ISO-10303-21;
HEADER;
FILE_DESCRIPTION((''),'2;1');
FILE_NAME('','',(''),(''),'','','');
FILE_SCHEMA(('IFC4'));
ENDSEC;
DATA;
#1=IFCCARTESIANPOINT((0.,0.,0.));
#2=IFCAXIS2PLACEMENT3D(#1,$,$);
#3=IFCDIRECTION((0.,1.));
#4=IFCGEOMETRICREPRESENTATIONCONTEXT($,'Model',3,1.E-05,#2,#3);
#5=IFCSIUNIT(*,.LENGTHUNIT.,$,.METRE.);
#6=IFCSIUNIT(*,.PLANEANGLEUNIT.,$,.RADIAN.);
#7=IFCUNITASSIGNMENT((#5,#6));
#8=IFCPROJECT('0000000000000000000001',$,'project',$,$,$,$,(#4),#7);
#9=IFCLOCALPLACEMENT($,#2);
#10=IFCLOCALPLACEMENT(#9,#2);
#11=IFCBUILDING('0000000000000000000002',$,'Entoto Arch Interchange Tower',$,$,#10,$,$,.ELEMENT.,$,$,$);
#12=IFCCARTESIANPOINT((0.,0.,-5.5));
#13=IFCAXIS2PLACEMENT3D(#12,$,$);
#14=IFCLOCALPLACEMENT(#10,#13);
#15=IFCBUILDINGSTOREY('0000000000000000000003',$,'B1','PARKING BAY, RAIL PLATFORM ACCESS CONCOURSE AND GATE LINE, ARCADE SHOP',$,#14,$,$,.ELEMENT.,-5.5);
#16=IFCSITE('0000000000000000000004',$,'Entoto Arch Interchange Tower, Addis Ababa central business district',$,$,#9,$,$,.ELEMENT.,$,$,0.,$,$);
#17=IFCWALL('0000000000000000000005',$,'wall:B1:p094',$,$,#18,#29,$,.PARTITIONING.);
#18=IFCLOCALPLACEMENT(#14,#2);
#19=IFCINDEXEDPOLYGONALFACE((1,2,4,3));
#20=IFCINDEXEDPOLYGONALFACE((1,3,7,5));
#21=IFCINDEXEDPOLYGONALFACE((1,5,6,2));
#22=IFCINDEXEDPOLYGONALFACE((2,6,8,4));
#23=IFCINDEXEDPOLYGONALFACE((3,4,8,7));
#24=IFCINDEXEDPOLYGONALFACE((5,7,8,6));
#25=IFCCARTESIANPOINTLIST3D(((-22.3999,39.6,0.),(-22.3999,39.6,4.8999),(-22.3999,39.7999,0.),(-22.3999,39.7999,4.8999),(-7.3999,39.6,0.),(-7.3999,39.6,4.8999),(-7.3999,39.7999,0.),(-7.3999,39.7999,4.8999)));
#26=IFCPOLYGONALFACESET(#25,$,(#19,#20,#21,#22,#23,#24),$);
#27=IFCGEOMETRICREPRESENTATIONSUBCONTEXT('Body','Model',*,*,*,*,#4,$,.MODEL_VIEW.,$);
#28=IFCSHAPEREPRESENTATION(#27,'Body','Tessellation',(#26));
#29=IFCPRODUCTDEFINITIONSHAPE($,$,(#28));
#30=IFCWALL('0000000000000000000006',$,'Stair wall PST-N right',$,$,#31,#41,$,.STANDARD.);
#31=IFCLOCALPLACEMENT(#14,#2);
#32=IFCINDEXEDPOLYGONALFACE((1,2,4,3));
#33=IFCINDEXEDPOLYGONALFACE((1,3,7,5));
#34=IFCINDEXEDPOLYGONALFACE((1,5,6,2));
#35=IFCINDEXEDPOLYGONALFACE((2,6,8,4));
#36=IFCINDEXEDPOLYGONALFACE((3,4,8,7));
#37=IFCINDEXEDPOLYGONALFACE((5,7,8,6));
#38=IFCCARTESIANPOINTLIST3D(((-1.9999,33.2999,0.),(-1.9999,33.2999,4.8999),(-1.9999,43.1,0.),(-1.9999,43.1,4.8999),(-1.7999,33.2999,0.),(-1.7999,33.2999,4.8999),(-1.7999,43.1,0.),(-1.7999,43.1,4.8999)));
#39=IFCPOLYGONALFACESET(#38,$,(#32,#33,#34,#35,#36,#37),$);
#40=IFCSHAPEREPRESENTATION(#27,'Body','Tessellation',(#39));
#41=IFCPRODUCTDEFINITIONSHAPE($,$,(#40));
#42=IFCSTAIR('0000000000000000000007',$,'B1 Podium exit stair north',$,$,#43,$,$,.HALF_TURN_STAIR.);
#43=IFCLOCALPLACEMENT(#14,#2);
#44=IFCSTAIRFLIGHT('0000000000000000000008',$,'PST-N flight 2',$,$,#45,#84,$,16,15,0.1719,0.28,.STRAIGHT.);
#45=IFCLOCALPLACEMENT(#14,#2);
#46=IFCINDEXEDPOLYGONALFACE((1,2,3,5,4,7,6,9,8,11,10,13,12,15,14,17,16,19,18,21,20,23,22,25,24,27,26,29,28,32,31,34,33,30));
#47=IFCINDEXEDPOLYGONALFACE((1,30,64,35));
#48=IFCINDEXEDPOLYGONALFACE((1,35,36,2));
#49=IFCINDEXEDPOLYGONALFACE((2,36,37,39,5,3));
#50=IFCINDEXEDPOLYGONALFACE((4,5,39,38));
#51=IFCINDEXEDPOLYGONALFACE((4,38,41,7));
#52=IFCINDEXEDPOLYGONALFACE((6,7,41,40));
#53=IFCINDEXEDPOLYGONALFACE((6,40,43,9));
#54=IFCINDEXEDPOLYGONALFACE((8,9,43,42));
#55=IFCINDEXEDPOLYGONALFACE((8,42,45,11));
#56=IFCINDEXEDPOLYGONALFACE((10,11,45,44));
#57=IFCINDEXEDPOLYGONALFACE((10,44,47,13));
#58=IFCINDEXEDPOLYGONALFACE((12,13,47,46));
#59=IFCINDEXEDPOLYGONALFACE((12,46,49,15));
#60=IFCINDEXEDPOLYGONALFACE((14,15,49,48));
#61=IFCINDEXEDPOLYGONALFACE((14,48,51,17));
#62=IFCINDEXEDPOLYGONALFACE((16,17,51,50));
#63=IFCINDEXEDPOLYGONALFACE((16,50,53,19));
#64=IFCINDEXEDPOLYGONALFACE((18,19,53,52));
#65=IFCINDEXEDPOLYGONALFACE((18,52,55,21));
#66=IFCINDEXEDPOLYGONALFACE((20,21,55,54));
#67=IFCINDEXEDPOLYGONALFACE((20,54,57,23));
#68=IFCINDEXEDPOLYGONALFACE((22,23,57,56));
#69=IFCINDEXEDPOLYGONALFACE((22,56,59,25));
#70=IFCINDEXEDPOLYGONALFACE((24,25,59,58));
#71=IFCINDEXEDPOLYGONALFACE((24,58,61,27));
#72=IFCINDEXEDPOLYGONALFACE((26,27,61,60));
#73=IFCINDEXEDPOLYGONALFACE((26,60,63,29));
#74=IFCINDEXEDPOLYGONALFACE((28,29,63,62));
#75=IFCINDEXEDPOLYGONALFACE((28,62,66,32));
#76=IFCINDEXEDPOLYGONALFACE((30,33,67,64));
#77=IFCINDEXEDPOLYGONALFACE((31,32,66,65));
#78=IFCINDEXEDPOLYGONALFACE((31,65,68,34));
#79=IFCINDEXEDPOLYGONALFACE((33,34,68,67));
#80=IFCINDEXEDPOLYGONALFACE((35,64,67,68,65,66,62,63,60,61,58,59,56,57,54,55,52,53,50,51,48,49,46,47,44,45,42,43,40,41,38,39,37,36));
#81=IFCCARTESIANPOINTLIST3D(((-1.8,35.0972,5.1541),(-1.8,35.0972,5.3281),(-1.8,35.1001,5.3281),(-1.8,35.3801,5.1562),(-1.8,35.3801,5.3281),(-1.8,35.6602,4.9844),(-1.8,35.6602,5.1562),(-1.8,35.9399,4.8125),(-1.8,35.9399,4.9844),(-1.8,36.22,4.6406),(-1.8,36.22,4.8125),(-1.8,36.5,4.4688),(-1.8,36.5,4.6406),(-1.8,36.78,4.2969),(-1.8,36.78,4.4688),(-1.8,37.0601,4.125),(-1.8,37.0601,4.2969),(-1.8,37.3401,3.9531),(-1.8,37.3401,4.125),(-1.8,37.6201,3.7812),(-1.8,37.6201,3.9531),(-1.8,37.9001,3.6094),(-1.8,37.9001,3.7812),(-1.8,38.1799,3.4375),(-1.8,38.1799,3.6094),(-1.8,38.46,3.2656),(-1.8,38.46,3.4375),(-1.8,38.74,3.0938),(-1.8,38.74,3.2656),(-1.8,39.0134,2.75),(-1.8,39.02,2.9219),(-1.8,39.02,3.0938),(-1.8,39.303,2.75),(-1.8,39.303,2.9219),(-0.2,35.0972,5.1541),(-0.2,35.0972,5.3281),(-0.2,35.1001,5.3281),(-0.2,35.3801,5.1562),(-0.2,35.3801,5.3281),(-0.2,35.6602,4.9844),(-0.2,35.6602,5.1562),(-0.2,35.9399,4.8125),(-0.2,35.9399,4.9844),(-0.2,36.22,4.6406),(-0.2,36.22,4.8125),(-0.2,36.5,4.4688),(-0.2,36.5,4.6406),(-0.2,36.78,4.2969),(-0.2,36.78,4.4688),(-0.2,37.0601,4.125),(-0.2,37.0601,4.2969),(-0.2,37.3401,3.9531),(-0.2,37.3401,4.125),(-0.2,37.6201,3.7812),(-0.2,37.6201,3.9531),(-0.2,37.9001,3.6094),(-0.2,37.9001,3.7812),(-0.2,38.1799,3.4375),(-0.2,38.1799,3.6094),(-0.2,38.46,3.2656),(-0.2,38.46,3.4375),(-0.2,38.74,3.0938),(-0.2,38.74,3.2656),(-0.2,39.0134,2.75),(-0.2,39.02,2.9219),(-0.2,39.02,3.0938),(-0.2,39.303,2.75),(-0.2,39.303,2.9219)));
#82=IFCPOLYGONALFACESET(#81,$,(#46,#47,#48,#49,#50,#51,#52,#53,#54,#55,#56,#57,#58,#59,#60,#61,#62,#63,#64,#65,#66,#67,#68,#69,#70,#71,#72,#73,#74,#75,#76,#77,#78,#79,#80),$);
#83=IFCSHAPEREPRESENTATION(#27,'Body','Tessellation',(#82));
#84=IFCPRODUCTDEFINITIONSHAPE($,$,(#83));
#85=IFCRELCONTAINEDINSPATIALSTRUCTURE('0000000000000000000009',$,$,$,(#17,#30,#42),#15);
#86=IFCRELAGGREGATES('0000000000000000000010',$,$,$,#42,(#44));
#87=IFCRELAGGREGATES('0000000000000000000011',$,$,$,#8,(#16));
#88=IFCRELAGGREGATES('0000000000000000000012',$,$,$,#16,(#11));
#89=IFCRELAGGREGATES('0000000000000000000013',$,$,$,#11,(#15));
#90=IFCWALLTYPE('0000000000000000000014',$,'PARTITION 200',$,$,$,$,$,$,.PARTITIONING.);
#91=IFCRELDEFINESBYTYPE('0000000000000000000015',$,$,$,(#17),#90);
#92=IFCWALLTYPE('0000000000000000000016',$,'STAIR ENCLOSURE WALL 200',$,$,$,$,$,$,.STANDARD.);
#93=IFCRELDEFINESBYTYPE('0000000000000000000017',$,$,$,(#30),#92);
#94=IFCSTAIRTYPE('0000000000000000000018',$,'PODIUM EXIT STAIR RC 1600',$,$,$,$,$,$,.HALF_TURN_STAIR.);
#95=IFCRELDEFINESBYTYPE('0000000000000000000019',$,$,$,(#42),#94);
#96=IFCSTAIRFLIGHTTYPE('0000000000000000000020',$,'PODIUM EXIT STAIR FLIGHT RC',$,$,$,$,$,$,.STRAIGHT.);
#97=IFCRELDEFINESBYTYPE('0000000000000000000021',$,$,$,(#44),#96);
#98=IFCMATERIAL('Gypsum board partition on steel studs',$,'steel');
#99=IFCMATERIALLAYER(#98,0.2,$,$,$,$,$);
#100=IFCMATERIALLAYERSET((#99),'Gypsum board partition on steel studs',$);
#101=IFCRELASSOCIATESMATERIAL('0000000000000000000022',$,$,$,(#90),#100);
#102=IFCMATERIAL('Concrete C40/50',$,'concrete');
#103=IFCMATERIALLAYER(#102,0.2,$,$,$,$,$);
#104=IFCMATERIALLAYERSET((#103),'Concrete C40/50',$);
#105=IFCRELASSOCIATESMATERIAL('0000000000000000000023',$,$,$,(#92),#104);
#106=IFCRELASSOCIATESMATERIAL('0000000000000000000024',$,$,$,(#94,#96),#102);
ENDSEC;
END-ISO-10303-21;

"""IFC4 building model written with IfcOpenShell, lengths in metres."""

from ifc_helpers import new_model, si_unit, direction, frame, frame_2d, origin, place, context, subcontext, project, spatial, polyline, rectangle, outline, extrude, material, layer, layer_set, type_object, element, aggregate, save


model = new_model("IFC4")

# Units and contexts
model_context = context("Model", 3, precision=1e-05, world=origin(), true_north=direction((0.0, 1.0)))
body_context = subcontext(model_context, "Body", "Model", "MODEL_VIEW")
ifc_project = project(units=[si_unit("LENGTHUNIT", "METRE"), si_unit("PLANEANGLEUNIT", "RADIAN")], contexts=[model_context])

# Site, building, storey
site_placement = place(None, origin())
site = spatial("IfcSite", under=ifc_project, at=site_placement, Name="Entoto Arch Interchange Tower, Addis Ababa central business district", CompositionType="ELEMENT", RefElevation=0.0)
building_placement = place(site_placement, origin())
building = spatial("IfcBuilding", under=site, at=building_placement, Name="Entoto Arch Interchange Tower", CompositionType="ELEMENT")
storey_placement = place(building_placement, frame((0.0, 0.0, -5.5)))
storey = spatial("IfcBuildingStorey", under=building, at=storey_placement, Name="B1", Description="PARKING BAY, RAIL PLATFORM ACCESS CONCOURSE AND GATE LINE, ARCADE SHOP", CompositionType="ELEMENT", Elevation=-5.5)

# Shared definitions
ifc_material_1 = material(Name="Gypsum board partition on steel studs", Category="steel")

# Shared definitions
ifc_layer_1 = layer(ifc_material_1, 0.2)
ifc_layer_set_1 = layer_set([ifc_layer_1], Name="Gypsum board partition on steel studs")
wall_type_1 = type_object("IfcWallType", Name="PARTITION 200", PredefinedType="PARTITIONING", material=ifc_layer_set_1)

# Walls
wall_1_placement = place(storey_placement, frame((-7.3999, 39.7, 0.0), z_axis=(0.0, 0.0, 1.0), x_axis=(-1.0, 0.0, 0.0)))
element("IfcWall", 1, at=wall_1_placement, inside=storey, type_object=wall_type_1, Name="wall:B1:p094", PredefinedType="PARTITIONING", context=body_context, shape_type="SweptSolid", body=[
    extrude(rectangle(XDim=15.0, YDim=0.2, at=frame_2d((7.5, 0.0))), origin(), (0.0, 0.0, 1.0), 4.8999),
])
ifc_material_2 = material(Name="Concrete C40/50", Category="concrete")
ifc_layer_2 = layer(ifc_material_2, 0.2)
ifc_layer_set_2 = layer_set([ifc_layer_2], Name="Concrete C40/50")
wall_type_2 = type_object("IfcWallType", Name="STAIR ENCLOSURE WALL 200", PredefinedType="STANDARD", material=ifc_layer_set_2)
wall_2_placement = place(storey_placement, frame((-1.8999, 33.3, 0.0), z_axis=(0.0, 0.0, 1.0), x_axis=(0.0, 1.0, 0.0)))
element("IfcWall", 2, at=wall_2_placement, inside=storey, type_object=wall_type_2, Name="Stair wall PST-N right", PredefinedType="STANDARD", context=body_context, shape_type="SweptSolid", body=[
    extrude(rectangle(XDim=9.8, YDim=0.2, at=frame_2d((4.8999, 0.0))), origin(), (0.0, 0.0, 1.0), 4.8999),
])

# Stair, stair flight
stair_type = type_object("IfcStairType", Name="PODIUM EXIT STAIR RC 1600", PredefinedType="HALF_TURN_STAIR", material=ifc_material_2)
stair_placement = place(storey_placement, origin())
stair = element("IfcStair", 3, at=stair_placement, inside=storey, type_object=stair_type, Name="B1 Podium exit stair north", PredefinedType="HALF_TURN_STAIR")
stair_flight_type = type_object("IfcStairFlightType", Name="PODIUM EXIT STAIR FLIGHT RC", PredefinedType="STRAIGHT", material=ifc_material_2)
stair_flight_placement = place(storey_placement, frame((-1.0, 39.3, 2.75), z_axis=(0.0, 0.0, 1.0), x_axis=(0.0, -1.0, 0.0)))
stair_flight = element("IfcStairFlight", 4, at=stair_flight_placement, type_object=stair_flight_type, Name="PST-N flight 2", NumberOfRisers=16, NumberOfTreads=15, PredefinedType="STRAIGHT", RiserHeight=0.1719, TreadLength=0.28, context=body_context, shape_type="SweptSolid", body=[
    extrude(outline(polyline([(-0.0029, 0.0), (-0.0029, 0.1719), (0.28, 0.1719), (0.28, 0.3438), (0.5601, 0.3438), (0.5601, 0.5156), (0.8401, 0.5156), (0.8401, 0.6875), (1.1201, 0.6875), (1.1201, 0.8594), (1.3999, 0.8594), (1.3999, 1.0312), (1.6799, 1.0312), (1.6799, 1.2031), (1.96, 1.2031), (1.96, 1.375), (2.24, 1.375), (2.24, 1.5469), (2.52, 1.5469), (2.52, 1.7188), (2.8, 1.7188), (2.8, 1.8906), (3.0801, 1.8906), (3.0801, 2.0625), (3.3601, 2.0625), (3.3601, 2.2344), (3.6399, 2.2344), (3.6399, 2.4062), (3.9199, 2.4062), (3.9199, 2.5781), (4.2, 2.5781), (4.2029, 2.5781), (4.2029, 2.4041), (0.2866, 0.0), (-0.0029, 0.0)])), frame((0.0, 0.8, 0.0), z_axis=(0.0, -1.0, 0.0), x_axis=(1.0, 0.0, 0.0)), (0.0, 0.0, 1.0), 1.6001),
])
aggregate(stair, [stair_flight])

save(model, "model.ifc")
